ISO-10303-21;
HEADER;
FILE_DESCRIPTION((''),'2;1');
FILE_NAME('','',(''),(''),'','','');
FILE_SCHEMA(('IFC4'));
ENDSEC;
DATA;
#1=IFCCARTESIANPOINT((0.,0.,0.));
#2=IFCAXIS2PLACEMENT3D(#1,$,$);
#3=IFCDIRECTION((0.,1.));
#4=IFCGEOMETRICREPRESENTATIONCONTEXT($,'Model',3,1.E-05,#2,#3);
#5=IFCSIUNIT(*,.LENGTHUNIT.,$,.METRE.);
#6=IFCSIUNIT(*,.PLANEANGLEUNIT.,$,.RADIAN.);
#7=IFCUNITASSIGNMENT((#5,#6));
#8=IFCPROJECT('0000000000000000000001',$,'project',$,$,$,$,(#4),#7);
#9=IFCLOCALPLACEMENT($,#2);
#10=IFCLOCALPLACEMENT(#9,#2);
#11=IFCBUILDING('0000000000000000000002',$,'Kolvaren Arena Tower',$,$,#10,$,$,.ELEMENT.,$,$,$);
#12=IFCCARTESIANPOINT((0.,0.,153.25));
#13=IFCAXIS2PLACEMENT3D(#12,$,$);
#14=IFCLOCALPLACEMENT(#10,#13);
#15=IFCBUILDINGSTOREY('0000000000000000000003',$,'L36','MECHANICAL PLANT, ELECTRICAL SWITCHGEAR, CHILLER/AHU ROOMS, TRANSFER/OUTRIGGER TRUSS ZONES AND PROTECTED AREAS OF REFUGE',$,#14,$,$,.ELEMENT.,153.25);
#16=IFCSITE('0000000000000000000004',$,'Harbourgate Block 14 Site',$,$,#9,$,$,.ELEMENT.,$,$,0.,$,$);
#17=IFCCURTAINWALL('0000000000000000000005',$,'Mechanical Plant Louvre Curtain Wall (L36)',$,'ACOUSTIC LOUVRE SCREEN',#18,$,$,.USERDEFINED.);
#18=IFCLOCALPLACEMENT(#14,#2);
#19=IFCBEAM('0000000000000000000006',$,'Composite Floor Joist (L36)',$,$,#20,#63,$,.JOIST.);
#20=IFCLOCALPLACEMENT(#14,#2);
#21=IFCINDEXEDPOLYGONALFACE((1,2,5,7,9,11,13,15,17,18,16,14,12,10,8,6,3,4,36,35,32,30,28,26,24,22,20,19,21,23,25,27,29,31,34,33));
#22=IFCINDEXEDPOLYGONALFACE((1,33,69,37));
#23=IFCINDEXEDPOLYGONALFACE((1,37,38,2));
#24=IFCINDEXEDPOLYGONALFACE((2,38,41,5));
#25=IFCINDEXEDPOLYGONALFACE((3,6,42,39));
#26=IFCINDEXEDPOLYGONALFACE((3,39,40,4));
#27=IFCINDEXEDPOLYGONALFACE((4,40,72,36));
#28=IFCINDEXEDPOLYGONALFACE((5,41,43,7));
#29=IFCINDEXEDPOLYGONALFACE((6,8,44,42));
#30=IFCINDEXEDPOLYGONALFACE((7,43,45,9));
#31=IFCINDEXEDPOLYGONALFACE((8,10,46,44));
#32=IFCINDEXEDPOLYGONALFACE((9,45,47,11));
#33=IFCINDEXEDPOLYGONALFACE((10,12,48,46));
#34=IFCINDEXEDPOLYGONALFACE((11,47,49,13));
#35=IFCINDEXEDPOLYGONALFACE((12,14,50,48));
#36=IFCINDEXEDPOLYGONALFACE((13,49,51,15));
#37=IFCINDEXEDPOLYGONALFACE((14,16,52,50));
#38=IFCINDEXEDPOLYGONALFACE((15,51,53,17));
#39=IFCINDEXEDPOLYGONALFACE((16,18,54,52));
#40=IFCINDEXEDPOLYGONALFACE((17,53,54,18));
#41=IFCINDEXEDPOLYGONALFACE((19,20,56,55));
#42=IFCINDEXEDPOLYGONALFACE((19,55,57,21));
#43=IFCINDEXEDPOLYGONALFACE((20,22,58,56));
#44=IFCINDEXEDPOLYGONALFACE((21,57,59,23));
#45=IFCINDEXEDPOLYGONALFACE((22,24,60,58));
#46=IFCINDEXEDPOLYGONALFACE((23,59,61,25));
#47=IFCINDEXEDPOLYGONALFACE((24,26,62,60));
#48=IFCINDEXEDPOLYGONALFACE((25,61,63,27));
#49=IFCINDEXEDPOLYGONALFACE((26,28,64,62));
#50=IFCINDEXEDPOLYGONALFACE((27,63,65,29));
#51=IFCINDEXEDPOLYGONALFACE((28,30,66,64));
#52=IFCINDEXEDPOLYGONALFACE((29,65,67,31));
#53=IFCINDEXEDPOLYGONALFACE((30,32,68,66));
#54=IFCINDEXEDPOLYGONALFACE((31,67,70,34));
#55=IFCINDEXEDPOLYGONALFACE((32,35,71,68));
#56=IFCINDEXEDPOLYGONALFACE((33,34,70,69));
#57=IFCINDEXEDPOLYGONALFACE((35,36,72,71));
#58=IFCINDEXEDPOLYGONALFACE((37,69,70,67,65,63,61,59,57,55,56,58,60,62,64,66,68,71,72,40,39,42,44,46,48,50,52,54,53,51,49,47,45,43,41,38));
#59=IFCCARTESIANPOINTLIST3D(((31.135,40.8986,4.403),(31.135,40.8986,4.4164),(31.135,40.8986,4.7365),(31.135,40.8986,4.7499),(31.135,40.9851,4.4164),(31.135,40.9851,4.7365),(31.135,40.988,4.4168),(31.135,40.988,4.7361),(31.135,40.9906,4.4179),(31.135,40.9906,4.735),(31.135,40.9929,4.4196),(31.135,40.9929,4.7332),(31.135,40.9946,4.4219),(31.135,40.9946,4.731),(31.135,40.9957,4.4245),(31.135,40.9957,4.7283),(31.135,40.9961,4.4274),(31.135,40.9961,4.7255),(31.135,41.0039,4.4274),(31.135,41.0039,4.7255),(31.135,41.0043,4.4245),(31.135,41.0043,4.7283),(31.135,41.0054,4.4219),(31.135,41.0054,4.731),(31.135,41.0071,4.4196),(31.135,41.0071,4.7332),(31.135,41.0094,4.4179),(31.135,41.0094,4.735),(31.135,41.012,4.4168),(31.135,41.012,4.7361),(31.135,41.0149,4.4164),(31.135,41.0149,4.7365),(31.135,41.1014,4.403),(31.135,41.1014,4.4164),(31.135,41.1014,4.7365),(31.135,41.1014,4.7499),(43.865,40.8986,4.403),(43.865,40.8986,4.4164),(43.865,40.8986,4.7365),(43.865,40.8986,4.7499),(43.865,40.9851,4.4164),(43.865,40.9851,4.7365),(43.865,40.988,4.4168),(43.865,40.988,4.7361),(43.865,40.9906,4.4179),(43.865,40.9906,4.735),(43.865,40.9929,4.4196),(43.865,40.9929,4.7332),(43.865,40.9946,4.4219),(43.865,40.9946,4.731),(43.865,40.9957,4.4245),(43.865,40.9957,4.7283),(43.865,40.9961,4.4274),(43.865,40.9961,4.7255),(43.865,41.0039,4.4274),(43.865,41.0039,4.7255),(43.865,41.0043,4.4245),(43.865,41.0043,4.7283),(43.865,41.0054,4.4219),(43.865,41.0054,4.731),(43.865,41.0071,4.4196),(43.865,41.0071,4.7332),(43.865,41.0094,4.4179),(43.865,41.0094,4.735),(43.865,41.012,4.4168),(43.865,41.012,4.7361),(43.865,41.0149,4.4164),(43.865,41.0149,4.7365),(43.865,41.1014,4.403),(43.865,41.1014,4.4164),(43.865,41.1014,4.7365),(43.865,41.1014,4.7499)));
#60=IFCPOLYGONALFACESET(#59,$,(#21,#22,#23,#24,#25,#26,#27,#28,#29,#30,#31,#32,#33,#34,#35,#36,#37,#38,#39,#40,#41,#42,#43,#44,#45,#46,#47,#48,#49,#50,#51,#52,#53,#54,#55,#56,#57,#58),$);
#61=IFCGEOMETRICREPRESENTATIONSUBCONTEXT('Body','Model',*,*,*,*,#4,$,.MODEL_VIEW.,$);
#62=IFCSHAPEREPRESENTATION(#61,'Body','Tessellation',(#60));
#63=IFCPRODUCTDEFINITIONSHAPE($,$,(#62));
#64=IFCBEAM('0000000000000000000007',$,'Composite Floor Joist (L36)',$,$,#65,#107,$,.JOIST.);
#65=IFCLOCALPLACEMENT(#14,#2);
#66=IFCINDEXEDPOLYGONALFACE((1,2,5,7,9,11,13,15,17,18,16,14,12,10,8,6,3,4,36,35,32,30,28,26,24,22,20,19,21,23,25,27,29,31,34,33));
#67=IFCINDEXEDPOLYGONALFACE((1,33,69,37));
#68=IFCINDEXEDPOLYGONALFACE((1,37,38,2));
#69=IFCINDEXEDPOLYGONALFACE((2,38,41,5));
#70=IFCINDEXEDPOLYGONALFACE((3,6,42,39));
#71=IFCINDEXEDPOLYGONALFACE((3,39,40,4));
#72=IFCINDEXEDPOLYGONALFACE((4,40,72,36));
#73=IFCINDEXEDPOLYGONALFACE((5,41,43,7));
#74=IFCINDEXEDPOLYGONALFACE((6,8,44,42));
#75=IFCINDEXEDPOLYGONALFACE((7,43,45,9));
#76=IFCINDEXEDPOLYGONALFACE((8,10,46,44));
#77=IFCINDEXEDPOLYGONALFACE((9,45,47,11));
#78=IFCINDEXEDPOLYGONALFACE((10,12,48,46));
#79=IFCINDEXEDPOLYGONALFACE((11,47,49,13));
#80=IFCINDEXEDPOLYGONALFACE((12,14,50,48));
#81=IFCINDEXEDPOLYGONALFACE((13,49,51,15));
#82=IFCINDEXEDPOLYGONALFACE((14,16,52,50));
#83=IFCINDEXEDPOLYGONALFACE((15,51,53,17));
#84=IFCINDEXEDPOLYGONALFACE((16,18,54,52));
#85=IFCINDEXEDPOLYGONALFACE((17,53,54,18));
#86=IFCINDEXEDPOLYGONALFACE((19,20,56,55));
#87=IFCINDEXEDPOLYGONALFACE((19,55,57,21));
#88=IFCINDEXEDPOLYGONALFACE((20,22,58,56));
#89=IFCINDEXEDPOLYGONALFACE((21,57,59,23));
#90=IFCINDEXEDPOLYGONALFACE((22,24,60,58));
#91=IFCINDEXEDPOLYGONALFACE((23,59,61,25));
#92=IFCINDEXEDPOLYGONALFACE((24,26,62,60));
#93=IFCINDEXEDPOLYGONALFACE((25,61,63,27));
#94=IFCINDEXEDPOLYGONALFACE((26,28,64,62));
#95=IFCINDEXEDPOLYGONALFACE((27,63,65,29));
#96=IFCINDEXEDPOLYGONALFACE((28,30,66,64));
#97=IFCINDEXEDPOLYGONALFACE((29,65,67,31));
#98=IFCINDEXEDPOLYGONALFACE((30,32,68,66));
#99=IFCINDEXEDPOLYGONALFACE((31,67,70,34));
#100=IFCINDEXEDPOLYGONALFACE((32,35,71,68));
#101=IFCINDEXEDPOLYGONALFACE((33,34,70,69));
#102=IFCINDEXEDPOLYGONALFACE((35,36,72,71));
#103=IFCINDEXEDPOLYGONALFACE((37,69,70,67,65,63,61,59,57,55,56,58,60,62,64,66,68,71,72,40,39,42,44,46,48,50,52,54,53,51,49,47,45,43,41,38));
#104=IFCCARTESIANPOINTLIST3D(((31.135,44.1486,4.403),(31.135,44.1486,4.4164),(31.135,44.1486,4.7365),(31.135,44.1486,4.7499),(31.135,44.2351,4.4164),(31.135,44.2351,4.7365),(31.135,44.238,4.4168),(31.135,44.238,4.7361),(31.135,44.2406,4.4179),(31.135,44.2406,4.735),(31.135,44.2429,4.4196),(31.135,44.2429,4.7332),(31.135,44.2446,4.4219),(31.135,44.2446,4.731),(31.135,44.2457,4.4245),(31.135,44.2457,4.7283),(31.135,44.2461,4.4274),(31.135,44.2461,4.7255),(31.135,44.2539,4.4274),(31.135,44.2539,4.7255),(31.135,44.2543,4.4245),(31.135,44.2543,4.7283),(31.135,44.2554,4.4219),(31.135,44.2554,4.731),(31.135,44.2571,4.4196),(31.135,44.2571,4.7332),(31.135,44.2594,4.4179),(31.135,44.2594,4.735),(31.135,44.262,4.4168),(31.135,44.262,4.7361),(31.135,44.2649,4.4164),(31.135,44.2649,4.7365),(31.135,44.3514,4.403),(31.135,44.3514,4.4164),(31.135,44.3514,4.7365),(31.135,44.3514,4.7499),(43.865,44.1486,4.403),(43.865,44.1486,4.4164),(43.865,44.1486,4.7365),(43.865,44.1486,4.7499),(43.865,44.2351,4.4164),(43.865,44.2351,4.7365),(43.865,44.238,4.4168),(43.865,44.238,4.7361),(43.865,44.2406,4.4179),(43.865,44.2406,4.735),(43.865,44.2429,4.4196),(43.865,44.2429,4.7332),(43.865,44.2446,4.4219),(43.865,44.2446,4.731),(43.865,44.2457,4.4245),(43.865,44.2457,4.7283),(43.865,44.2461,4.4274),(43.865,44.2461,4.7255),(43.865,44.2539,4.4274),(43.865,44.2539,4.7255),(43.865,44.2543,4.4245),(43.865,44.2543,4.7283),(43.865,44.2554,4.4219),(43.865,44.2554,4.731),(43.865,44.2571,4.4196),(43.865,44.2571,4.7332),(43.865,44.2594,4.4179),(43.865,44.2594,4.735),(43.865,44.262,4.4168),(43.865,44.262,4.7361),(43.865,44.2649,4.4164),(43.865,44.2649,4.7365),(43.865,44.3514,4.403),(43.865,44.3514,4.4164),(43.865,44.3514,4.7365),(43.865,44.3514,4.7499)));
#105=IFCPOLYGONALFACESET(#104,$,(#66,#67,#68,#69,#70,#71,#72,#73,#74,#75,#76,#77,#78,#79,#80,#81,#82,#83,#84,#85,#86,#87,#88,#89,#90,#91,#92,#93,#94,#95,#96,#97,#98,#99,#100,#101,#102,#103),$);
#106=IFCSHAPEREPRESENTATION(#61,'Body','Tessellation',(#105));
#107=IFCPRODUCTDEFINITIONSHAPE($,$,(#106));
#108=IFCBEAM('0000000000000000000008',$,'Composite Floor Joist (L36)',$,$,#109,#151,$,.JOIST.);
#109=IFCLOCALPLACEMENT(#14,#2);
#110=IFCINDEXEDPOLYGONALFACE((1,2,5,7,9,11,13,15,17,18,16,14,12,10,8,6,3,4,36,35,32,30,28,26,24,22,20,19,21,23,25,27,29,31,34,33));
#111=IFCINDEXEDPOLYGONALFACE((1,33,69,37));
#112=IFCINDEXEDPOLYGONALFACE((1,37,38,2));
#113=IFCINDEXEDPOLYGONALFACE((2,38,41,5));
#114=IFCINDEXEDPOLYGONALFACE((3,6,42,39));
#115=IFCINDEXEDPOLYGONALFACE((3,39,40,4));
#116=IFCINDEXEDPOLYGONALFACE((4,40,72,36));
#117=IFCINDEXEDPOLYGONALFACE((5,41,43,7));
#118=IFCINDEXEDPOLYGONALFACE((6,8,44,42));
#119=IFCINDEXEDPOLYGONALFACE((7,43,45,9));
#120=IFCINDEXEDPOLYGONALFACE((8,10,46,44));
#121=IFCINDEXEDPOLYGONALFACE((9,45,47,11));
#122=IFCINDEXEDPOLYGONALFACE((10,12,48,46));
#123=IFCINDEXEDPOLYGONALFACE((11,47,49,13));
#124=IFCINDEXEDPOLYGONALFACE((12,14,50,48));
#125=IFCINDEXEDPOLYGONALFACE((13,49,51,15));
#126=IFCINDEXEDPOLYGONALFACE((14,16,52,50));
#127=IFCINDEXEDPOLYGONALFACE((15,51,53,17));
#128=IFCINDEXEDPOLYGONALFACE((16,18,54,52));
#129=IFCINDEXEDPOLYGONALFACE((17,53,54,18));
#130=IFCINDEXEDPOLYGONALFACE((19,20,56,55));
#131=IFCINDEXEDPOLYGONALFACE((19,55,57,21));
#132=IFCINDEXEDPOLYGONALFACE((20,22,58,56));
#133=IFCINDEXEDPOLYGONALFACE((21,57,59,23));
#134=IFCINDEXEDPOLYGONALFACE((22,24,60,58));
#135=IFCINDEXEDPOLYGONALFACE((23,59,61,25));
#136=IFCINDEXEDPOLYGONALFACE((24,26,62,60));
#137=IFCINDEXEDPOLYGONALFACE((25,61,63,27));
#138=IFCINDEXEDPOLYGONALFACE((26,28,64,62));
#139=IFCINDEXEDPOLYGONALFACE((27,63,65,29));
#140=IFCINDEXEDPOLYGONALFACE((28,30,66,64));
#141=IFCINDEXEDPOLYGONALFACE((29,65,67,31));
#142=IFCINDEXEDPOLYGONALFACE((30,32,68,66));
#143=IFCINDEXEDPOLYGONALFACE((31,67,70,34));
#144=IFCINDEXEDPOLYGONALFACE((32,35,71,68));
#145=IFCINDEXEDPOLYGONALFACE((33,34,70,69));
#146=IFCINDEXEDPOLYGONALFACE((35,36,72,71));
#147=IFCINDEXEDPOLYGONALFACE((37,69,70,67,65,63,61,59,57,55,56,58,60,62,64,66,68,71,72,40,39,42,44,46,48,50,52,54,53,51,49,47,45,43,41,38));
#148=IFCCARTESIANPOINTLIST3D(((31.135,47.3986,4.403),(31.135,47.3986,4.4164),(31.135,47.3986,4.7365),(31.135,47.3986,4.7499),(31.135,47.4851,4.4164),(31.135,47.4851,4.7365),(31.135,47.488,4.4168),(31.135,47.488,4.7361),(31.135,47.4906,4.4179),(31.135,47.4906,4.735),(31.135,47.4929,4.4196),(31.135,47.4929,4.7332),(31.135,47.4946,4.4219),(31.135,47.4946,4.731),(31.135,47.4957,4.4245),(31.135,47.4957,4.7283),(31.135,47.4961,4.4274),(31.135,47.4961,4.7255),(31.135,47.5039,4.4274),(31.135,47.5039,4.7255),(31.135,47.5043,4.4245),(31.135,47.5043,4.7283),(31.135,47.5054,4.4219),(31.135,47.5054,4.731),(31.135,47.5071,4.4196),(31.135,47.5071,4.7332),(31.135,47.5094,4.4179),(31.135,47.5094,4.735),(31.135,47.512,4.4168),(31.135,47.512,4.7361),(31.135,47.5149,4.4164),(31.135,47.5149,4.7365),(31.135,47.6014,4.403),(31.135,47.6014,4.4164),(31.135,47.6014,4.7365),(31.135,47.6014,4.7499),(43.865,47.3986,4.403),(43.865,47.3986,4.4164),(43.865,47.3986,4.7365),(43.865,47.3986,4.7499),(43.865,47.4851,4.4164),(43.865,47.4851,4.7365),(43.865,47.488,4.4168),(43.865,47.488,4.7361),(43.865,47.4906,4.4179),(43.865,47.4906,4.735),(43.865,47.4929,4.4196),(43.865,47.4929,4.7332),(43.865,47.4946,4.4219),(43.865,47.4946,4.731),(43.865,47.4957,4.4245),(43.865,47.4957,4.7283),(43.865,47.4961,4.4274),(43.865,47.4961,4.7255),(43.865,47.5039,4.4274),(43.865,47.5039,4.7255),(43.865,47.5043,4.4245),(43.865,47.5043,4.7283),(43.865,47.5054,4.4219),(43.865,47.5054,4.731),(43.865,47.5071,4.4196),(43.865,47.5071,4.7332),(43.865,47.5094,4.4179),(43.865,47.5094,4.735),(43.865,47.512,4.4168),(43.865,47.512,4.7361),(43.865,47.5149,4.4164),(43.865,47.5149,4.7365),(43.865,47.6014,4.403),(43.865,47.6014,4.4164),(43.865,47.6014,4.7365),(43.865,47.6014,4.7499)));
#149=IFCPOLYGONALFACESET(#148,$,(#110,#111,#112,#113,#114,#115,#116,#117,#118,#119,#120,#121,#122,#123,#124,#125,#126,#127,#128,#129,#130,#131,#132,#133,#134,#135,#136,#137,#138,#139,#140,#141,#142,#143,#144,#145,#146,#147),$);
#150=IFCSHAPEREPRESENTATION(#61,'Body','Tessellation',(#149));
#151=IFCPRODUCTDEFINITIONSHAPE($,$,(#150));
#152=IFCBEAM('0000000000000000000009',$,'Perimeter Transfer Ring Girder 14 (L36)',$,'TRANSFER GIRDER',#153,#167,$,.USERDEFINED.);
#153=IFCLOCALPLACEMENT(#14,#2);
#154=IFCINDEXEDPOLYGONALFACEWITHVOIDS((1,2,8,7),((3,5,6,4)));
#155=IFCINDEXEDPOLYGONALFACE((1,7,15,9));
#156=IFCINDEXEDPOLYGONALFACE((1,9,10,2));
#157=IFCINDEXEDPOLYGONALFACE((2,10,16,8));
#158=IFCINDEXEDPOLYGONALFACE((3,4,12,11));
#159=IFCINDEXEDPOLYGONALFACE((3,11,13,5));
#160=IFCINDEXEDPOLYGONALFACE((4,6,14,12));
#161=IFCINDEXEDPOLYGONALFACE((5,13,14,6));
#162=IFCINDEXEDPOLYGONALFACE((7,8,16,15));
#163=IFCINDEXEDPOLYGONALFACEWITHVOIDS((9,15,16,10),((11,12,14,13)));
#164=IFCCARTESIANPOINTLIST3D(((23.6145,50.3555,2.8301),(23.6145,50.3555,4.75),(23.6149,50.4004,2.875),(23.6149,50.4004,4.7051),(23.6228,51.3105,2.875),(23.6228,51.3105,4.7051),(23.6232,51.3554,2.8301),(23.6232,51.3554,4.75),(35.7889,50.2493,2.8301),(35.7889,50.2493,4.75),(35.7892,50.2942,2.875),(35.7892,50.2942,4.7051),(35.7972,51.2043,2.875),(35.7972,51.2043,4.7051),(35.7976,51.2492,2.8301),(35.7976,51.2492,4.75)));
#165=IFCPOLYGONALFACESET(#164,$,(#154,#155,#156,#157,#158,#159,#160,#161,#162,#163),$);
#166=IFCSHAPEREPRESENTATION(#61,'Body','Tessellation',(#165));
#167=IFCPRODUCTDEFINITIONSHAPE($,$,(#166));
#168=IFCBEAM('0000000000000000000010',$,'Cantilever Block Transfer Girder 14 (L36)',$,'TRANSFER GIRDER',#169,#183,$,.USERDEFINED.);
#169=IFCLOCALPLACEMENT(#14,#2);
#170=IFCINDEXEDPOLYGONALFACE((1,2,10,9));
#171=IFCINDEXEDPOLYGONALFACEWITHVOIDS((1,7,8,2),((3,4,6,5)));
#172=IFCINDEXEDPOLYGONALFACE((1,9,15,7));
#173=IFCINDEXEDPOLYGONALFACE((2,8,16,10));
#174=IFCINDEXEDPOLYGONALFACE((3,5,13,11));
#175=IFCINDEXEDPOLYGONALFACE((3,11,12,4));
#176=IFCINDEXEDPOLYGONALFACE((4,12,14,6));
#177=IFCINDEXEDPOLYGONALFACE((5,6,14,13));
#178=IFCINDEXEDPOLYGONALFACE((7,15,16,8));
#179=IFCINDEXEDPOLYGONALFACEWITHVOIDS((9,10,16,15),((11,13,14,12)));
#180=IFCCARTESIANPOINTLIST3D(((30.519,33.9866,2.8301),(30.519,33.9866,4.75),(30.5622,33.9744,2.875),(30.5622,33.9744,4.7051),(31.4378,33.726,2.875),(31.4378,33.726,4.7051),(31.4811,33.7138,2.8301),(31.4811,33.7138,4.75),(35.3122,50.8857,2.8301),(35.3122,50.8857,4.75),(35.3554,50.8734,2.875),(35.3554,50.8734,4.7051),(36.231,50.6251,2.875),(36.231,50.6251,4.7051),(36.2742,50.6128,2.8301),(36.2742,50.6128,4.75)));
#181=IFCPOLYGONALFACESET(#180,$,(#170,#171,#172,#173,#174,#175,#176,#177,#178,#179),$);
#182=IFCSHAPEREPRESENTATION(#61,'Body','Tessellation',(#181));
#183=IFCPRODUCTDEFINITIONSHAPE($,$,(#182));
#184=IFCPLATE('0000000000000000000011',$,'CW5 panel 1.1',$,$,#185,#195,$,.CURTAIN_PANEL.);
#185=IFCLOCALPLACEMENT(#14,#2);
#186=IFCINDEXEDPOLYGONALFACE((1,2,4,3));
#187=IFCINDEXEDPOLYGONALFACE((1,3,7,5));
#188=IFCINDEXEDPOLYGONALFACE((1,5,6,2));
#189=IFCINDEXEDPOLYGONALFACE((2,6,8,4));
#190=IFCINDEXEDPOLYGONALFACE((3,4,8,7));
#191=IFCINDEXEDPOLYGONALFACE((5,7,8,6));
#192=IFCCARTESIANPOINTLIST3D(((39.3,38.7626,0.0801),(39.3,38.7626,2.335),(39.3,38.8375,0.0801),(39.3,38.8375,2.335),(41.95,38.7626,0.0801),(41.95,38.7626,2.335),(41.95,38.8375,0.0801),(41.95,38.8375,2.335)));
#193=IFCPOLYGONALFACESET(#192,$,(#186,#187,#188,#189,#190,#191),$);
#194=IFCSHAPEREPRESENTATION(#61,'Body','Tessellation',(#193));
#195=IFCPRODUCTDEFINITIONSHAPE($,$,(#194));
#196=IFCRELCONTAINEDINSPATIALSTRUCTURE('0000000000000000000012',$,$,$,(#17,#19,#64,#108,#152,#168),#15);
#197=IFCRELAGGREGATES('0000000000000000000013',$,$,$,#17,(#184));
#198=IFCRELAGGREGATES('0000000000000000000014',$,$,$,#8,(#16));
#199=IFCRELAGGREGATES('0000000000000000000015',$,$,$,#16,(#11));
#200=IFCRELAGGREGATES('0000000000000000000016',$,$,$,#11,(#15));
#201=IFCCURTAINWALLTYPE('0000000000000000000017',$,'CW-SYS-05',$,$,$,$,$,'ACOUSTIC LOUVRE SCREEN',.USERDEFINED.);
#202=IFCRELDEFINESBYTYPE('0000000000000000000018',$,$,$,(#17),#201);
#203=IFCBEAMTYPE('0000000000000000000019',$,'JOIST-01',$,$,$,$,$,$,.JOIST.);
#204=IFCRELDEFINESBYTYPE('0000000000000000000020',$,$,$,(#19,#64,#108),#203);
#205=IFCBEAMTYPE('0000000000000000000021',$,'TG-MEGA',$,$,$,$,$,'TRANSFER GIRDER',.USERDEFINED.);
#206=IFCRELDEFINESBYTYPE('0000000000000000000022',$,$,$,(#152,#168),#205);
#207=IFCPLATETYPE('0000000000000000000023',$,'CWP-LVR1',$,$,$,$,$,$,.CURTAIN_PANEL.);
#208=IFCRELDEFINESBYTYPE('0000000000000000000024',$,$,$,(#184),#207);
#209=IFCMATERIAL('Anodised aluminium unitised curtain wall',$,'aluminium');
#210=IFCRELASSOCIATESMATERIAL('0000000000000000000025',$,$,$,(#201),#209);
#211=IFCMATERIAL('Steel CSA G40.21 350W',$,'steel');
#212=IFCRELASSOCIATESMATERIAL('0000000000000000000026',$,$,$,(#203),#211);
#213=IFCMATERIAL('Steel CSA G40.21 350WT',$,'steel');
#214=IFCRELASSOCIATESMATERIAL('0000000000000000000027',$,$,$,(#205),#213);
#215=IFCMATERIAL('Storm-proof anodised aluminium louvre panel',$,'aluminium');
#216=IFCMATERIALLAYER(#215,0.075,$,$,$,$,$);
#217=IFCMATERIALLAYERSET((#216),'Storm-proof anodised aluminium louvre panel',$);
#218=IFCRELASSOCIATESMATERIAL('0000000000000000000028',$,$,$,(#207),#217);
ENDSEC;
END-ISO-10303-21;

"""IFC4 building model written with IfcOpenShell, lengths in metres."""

from ifc_helpers import new_model, si_unit, direction, frame, origin, origin_2d, place, context, subcontext, project, spatial, rectangle, hollow_rectangle, i_section, extrude, material, layer, layer_set, material_profile, profile_set, type_object, element, aggregate, save


model = new_model("IFC4")

# Units and contexts
model_context = context("Model", 3, precision=1e-05, world=origin(), true_north=direction((0.0, 1.0)))
body_context = subcontext(model_context, "Body", "Model", "MODEL_VIEW")
ifc_project = project(units=[si_unit("LENGTHUNIT", "METRE"), si_unit("PLANEANGLEUNIT", "RADIAN")], contexts=[model_context])

# Site, building, storey
site_placement = place(None, origin())
site = spatial("IfcSite", under=ifc_project, at=site_placement, Name="Harbourgate Block 14 Site", CompositionType="ELEMENT", RefElevation=0.0)
building_placement = place(site_placement, origin())
building = spatial("IfcBuilding", under=site, at=building_placement, Name="Kolvaren Arena Tower", CompositionType="ELEMENT")
storey_placement = place(building_placement, frame((0.0, 0.0, 153.25)))
storey = spatial("IfcBuildingStorey", under=building, at=storey_placement, Name="L36", Description="MECHANICAL PLANT, ELECTRICAL SWITCHGEAR, CHILLER/AHU ROOMS, TRANSFER/OUTRIGGER TRUSS ZONES AND PROTECTED AREAS OF REFUGE", CompositionType="ELEMENT", Elevation=153.25)

# Shared definitions
ifc_material_1 = material(Name="Steel CSA G40.21 350W", Category="steel")

# Curtain wall
ifc_material_2 = material(Name="Anodised aluminium unitised curtain wall", Category="aluminium")
curtain_wall_type = type_object("IfcCurtainWallType", Name="CW-SYS-05", ElementType="ACOUSTIC LOUVRE SCREEN", PredefinedType="USERDEFINED", material=ifc_material_2)
curtain_wall_placement = place(storey_placement, origin())
curtain_wall = element("IfcCurtainWall", 1, at=curtain_wall_placement, inside=storey, type_object=curtain_wall_type, Name="Mechanical Plant Louvre Curtain Wall (L36)", ObjectType="ACOUSTIC LOUVRE SCREEN", PredefinedType="USERDEFINED")

# Beams
ifc_material_profile_1 = material_profile(ifc_material_1, i_section(OverallWidth=0.2029, OverallDepth=0.3469, WebThickness=0.0078, FlangeThickness=0.0134, FilletRadius=0.011, at=origin_2d()), Name="W360x64")
ifc_profile_set_1 = profile_set([ifc_material_profile_1], Name="Steel CSA G40.21 350W")
beam_type_1 = type_object("IfcBeamType", Name="JOIST-01", PredefinedType="JOIST", material=ifc_profile_set_1)
for number, where, z_axis, x_axis, name in (
    (2, (31.135, 41.0, 4.5764), (1.0, 0.0, 0.0), (0.0, 1.0, 0.0), "Composite Floor Joist (L36)"),
    (3, (31.135, 44.25, 4.5764), (1.0, 0.0, 0.0), (0.0, 1.0, 0.0), "Composite Floor Joist (L36)"),
    (4, (31.135, 47.5, 4.5764), (1.0, 0.0, 0.0), (0.0, 1.0, 0.0), "Composite Floor Joist (L36)"),
):
    element("IfcBeam", number, at=place(storey_placement, frame(where, z_axis=z_axis, x_axis=x_axis)), inside=storey, type_object=beam_type_1, Name=name, PredefinedType="JOIST", context=body_context, shape_type="SweptSolid", body=[
        extrude(i_section(OverallWidth=0.2029, OverallDepth=0.3469, WebThickness=0.0078, FlangeThickness=0.0134, FilletRadius=0.011, at=origin_2d()), origin(), (0.0, 0.0, 1.0), 12.73),
    ])
ifc_material_3 = material(Name="Steel CSA G40.21 350WT", Category="steel")
ifc_material_profile_2 = material_profile(ifc_material_3, hollow_rectangle(XDim=1.0, YDim=1.9199, WallThickness=0.0449, at=origin_2d()), Name="BOX 1000x1920x45")
ifc_profile_set_2 = profile_set([ifc_material_profile_2], Name="Steel CSA G40.21 350WT")
beam_type_2 = type_object("IfcBeamType", Name="TG-MEGA", ElementType="TRANSFER GIRDER", PredefinedType="USERDEFINED", material=ifc_profile_set_2)
beam_1_placement = place(storey_placement, frame((35.7932, 50.7493, 3.79), z_axis=(-0.999962, 0.008723, 0.0), x_axis=(-0.008723, -0.999962, 0.0)))
element("IfcBeam", 5, at=beam_1_placement, inside=storey, type_object=beam_type_2, Name="Perimeter Transfer Ring Girder 14 (L36)", ObjectType="TRANSFER GIRDER", PredefinedType="USERDEFINED", context=body_context, shape_type="SweptSolid", body=[
    extrude(hollow_rectangle(XDim=1.0, YDim=1.9199, WallThickness=0.0449, at=origin_2d()), origin(), (0.0, 0.0, 1.0), 12.1748),
])
beam_2_placement = place(storey_placement, frame((35.7932, 50.7493, 3.79), z_axis=(-0.272872, -0.96205, 0.0), x_axis=(0.96205, -0.272872, 0.0)))
element("IfcBeam", 6, at=beam_2_placement, inside=storey, type_object=beam_type_2, Name="Cantilever Block Transfer Girder 14 (L36)", ObjectType="TRANSFER GIRDER", PredefinedType="USERDEFINED", context=body_context, shape_type="SweptSolid", body=[
    extrude(hollow_rectangle(XDim=1.0, YDim=1.9199, WallThickness=0.0449, at=origin_2d()), origin(), (0.0, 0.0, 1.0), 17.5657),
])

# Plate
ifc_material_4 = material(Name="Storm-proof anodised aluminium louvre panel", Category="aluminium")
ifc_layer = layer(ifc_material_4, 0.075)
ifc_layer_set = layer_set([ifc_layer], Name="Storm-proof anodised aluminium louvre panel")
plate_type = type_object("IfcPlateType", Name="CWP-LVR1", PredefinedType="CURTAIN_PANEL", material=ifc_layer_set)
plate_1_placement = place(storey_placement, frame((40.625, 38.8, 0.0801), z_axis=(0.0, 0.0, 1.0), x_axis=(1.0, 0.0, 0.0)))
plate_1 = element("IfcPlate", 7, at=plate_1_placement, type_object=plate_type, Name="CW5 panel 1.1", PredefinedType="CURTAIN_PANEL", context=body_context, shape_type="SweptSolid", body=[
    extrude(rectangle(XDim=2.6499, YDim=0.075, at=origin_2d()), origin(), (0.0, 0.0, 1.0), 2.2549),
])
aggregate(curtain_wall, [plate_1])

save(model, "model.ifc")
